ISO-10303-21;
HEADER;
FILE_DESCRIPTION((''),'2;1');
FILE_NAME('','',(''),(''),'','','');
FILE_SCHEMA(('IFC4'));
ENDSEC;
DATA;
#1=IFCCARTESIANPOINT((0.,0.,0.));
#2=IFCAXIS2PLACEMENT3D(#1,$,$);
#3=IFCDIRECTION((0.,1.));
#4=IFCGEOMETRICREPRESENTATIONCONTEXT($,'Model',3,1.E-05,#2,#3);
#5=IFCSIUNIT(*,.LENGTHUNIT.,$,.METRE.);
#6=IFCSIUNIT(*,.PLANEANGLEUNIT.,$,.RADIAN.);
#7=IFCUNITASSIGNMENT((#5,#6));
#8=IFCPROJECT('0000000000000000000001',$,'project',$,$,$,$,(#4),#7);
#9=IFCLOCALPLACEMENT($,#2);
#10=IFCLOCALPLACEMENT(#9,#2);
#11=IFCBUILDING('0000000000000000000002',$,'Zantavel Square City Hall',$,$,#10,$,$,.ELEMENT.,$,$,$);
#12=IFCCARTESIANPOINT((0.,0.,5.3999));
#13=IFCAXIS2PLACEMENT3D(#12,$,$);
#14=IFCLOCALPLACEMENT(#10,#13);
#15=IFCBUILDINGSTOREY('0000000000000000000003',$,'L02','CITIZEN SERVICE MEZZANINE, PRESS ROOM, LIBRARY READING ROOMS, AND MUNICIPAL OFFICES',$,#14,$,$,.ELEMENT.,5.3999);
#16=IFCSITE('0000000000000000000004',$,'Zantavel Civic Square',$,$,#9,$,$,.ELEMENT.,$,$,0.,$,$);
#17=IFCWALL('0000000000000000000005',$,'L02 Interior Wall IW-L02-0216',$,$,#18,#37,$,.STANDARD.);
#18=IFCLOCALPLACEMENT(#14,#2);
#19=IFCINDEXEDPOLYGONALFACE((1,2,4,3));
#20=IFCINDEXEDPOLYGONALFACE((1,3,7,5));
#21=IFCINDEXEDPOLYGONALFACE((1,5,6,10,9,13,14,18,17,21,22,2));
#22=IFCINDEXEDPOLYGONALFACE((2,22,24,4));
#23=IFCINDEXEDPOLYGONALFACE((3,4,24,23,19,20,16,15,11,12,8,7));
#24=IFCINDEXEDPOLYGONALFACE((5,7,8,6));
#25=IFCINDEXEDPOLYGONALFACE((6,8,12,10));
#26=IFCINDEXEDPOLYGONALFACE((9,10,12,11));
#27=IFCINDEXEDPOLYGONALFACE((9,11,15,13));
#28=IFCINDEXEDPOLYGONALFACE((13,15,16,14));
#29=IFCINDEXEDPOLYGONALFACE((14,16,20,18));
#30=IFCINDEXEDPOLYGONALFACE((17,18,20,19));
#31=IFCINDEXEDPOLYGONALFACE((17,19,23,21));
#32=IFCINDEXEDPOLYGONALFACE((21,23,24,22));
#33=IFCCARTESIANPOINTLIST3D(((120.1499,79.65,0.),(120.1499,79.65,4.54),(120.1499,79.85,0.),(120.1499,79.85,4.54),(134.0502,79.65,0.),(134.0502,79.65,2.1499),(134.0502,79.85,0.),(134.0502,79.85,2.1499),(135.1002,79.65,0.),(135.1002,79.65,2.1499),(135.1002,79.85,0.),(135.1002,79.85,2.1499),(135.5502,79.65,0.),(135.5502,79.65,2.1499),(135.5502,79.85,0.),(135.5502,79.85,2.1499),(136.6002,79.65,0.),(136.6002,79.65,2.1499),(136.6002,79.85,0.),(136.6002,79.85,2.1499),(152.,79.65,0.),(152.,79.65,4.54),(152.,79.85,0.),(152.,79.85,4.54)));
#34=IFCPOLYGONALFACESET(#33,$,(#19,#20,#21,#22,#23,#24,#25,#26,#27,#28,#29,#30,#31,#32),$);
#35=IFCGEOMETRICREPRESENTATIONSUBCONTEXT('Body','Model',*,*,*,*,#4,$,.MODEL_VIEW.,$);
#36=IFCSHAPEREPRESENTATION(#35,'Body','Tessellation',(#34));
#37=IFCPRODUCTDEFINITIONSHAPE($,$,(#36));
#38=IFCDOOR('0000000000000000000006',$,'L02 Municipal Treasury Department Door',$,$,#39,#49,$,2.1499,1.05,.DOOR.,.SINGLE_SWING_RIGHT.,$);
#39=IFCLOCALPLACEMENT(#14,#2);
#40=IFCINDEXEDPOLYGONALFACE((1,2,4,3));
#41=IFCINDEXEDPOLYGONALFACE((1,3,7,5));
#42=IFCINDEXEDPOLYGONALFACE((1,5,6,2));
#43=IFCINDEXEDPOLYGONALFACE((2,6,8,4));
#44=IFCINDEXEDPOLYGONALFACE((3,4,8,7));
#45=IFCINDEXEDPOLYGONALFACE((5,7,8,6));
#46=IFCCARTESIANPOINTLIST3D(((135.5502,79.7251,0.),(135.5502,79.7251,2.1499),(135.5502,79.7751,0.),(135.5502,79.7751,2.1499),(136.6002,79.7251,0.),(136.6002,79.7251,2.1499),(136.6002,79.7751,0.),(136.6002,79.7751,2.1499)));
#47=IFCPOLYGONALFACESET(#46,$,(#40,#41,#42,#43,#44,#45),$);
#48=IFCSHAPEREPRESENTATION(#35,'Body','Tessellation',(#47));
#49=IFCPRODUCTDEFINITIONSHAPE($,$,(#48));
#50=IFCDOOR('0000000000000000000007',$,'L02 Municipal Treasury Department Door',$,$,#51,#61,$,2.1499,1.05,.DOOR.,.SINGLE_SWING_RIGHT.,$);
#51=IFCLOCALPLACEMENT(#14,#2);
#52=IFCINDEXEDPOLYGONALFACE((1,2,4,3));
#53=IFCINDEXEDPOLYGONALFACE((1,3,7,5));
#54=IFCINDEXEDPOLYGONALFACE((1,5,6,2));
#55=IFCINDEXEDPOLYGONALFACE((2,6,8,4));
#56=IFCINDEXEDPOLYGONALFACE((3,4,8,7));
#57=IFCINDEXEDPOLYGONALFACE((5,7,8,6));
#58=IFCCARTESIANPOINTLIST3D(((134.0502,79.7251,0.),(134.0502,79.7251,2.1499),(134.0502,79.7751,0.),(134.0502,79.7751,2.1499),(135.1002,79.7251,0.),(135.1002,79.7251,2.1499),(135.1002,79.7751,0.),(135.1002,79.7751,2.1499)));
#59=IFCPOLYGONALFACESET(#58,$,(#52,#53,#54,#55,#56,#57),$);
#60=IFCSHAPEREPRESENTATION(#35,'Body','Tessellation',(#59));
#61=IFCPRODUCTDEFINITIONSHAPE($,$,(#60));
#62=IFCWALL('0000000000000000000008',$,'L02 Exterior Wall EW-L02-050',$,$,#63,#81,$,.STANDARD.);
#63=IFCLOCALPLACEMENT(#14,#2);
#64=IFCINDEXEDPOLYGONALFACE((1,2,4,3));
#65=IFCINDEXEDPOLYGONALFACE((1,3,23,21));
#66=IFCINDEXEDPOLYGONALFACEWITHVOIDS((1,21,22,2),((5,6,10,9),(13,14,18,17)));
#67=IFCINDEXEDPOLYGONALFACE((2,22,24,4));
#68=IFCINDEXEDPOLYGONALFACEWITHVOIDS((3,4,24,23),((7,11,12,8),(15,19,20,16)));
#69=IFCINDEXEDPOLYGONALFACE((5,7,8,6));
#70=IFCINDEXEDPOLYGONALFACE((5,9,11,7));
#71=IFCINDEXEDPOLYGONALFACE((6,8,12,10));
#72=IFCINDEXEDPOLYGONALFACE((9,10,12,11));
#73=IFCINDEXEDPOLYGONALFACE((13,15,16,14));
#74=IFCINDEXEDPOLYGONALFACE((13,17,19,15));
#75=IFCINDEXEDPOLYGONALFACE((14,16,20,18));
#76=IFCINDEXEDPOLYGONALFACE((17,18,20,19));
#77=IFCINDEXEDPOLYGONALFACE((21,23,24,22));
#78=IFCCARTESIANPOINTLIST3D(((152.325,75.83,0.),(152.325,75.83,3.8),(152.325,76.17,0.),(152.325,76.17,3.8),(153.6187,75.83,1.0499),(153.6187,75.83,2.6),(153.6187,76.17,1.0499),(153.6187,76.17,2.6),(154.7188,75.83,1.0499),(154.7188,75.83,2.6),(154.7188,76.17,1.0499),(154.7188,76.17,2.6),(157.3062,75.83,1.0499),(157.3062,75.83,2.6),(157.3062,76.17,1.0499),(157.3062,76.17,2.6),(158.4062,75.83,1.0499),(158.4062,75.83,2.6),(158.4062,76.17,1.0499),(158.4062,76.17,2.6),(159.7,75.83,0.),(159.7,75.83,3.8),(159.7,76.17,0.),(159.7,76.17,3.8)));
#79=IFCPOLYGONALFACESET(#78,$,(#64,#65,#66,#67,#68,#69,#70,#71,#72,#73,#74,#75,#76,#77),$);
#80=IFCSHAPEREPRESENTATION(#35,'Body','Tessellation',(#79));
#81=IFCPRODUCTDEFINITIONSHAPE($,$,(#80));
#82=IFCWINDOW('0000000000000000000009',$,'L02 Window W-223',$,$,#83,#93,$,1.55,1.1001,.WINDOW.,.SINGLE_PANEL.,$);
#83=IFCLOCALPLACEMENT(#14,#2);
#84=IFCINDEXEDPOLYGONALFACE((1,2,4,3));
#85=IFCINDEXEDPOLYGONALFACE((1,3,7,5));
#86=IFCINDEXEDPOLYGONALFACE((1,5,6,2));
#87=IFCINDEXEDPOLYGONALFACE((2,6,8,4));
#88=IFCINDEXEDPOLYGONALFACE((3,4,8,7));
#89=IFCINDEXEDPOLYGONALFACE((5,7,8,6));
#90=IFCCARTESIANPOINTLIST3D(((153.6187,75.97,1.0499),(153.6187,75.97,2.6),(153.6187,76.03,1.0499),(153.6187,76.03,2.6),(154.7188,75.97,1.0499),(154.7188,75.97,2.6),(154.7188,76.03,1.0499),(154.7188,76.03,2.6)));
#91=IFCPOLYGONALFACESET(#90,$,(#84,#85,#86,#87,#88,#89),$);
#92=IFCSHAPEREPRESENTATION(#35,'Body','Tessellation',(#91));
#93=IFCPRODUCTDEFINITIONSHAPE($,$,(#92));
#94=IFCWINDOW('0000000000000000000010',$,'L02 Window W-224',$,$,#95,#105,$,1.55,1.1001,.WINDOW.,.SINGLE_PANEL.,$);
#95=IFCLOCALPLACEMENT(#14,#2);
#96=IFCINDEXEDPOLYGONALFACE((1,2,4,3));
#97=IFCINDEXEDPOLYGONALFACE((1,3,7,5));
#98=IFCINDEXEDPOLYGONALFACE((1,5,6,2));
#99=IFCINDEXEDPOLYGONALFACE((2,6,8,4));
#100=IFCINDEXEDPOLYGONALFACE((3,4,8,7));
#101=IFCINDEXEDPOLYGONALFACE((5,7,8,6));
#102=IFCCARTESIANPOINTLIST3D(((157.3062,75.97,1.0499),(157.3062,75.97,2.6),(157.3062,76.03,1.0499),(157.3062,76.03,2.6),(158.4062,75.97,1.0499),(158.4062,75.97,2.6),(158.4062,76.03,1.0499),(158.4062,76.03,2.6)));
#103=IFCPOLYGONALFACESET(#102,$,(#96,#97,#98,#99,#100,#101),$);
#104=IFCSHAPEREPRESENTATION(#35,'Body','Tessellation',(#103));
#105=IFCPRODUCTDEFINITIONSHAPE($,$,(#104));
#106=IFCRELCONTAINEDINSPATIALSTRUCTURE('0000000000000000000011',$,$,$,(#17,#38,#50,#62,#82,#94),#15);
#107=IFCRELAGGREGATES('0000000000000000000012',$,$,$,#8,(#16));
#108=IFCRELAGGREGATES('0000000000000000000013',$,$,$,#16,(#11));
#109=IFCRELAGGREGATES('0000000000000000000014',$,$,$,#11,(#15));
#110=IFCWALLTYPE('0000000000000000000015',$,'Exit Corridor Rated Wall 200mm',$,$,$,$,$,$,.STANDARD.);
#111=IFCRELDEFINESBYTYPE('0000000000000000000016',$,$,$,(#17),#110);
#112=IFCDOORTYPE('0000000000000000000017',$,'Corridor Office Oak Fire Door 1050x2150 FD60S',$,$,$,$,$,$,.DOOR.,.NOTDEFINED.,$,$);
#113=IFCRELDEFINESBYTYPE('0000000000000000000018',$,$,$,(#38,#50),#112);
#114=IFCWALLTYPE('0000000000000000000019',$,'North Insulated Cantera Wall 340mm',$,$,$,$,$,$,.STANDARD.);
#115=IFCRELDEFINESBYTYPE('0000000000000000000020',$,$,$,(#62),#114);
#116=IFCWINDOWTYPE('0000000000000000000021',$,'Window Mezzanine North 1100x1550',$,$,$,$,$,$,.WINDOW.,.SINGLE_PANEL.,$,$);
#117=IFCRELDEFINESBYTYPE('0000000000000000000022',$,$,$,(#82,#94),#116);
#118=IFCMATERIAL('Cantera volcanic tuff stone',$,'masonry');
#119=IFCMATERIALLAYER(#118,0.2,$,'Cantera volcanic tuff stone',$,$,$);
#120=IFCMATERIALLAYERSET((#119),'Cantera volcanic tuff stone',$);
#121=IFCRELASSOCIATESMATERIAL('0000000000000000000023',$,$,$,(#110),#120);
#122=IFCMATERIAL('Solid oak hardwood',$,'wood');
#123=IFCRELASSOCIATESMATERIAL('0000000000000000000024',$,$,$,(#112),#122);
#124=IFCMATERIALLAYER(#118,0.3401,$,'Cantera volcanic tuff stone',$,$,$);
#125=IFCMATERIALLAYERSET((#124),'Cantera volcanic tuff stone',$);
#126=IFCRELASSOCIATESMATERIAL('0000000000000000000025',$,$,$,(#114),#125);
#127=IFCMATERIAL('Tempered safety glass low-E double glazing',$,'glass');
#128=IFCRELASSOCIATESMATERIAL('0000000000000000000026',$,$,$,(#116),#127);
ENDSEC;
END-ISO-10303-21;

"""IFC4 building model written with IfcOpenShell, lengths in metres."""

from ifc_helpers import new_model, si_unit, direction, frame, frame_2d, origin, place, context, subcontext, project, spatial, rectangle, extrude, material, layer, layer_set, type_object, element, fill, save


model = new_model("IFC4")

# Units and contexts
model_context = context("Model", 3, precision=1e-05, world=origin(), true_north=direction((0.0, 1.0)))
body_context = subcontext(model_context, "Body", "Model", "MODEL_VIEW")
ifc_project = project(units=[si_unit("LENGTHUNIT", "METRE"), si_unit("PLANEANGLEUNIT", "RADIAN")], contexts=[model_context])

# Site, building, storey
site_placement = place(None, origin())
site = spatial("IfcSite", under=ifc_project, at=site_placement, Name="Zantavel Civic Square", CompositionType="ELEMENT", RefElevation=0.0)
building_placement = place(site_placement, origin())
building = spatial("IfcBuilding", under=site, at=building_placement, Name="Zantavel Square City Hall", CompositionType="ELEMENT")
storey_placement = place(building_placement, frame((0.0, 0.0, 5.3999)))
storey = spatial("IfcBuildingStorey", under=building, at=storey_placement, Name="L02", Description="CITIZEN SERVICE MEZZANINE, PRESS ROOM, LIBRARY READING ROOMS, AND MUNICIPAL OFFICES", CompositionType="ELEMENT", Elevation=5.3999)

# Shared definitions
ifc_material_1 = material(Name="Cantera volcanic tuff stone", Category="masonry")
ifc_material_2 = material(Name="Tempered safety glass low-E double glazing", Category="glass")

# Wall, openings, doors
ifc_layer_1 = layer(ifc_material_1, 0.2, Name="Cantera volcanic tuff stone")
ifc_layer_set_1 = layer_set([ifc_layer_1], Name="Cantera volcanic tuff stone")
wall_type_1 = type_object("IfcWallType", Name="Exit Corridor Rated Wall 200mm", PredefinedType="STANDARD", material=ifc_layer_set_1)
wall_1_placement = place(storey_placement, frame((152.0, 79.75, 0.0), z_axis=(0.0, 0.0, 1.0), x_axis=(-1.0, 0.0, 0.0)))
wall_1 = element("IfcWall", 1, at=wall_1_placement, inside=storey, type_object=wall_type_1, Name="L02 Interior Wall IW-L02-0216", PredefinedType="STANDARD", context=body_context, shape_type="SweptSolid", body=[
    extrude(rectangle(XDim=31.8501, YDim=0.2, at=frame_2d((15.925, 0.0))), origin(), (0.0, 0.0, 1.0), 4.54),
])
opening_1_placement = place(wall_1_placement, frame((15.3999, 0.0, 0.0)))
opening_1 = element("IfcOpeningElement", 2, at=opening_1_placement, cuts=wall_1, PredefinedType="OPENING", context=body_context, shape_type="SweptSolid", body=[
    extrude(rectangle(XDim=1.05, YDim=2.1499, at=frame_2d((0.5249, 1.075))), frame((0.0, 0.1099, 0.0), z_axis=(0.0, -1.0, 0.0), x_axis=(1.0, 0.0, 0.0)), (0.0, 0.0, 1.0), 0.22),
])
opening_2_placement = place(wall_1_placement, frame((16.8999, 0.0, 0.0)))
opening_2 = element("IfcOpeningElement", 3, at=opening_2_placement, cuts=wall_1, PredefinedType="OPENING", context=body_context, shape_type="SweptSolid", body=[
    extrude(rectangle(XDim=1.05, YDim=2.1499, at=frame_2d((0.5249, 1.075))), frame((0.0, 0.1099, 0.0), z_axis=(0.0, -1.0, 0.0), x_axis=(1.0, 0.0, 0.0)), (0.0, 0.0, 1.0), 0.22),
])
ifc_material_3 = material(Name="Solid oak hardwood", Category="wood")
door_type_1 = type_object("IfcDoorType", Name="Corridor Office Oak Fire Door 1050x2150 FD60S", OperationType="NOTDEFINED", PredefinedType="DOOR", material=ifc_material_3)
door_1_placement = place(opening_1_placement, origin())
door_1 = element("IfcDoor", 4, at=door_1_placement, inside=storey, type_object=door_type_1, Name="L02 Municipal Treasury Department Door", OperationType="SINGLE_SWING_RIGHT", OverallHeight=2.1499, OverallWidth=1.05, PredefinedType="DOOR", context=body_context, shape_type="SweptSolid", body=[
    extrude(rectangle(XDim=1.05, YDim=2.1499, at=frame_2d((0.5249, 1.075))), frame((0.0, 0.0249, 0.0), z_axis=(0.0, -1.0, 0.0), x_axis=(1.0, 0.0, 0.0)), (0.0, 0.0, 1.0), 0.05),
])
fill(opening_1, door_1)
door_2_placement = place(opening_2_placement, origin())
door_2 = element("IfcDoor", 5, at=door_2_placement, inside=storey, type_object=door_type_1, Name="L02 Municipal Treasury Department Door", OperationType="SINGLE_SWING_RIGHT", OverallHeight=2.1499, OverallWidth=1.05, PredefinedType="DOOR", context=body_context, shape_type="SweptSolid", body=[
    extrude(rectangle(XDim=1.05, YDim=2.1499, at=frame_2d((0.5249, 1.075))), frame((0.0, 0.0249, 0.0), z_axis=(0.0, -1.0, 0.0), x_axis=(1.0, 0.0, 0.0)), (0.0, 0.0, 1.0), 0.05),
])
fill(opening_2, door_2)

# Wall, openings, windows
ifc_layer_2 = layer(ifc_material_1, 0.3401, Name="Cantera volcanic tuff stone")
ifc_layer_set_2 = layer_set([ifc_layer_2], Name="Cantera volcanic tuff stone")
wall_type_2 = type_object("IfcWallType", Name="North Insulated Cantera Wall 340mm", PredefinedType="STANDARD", material=ifc_layer_set_2)
wall_2_placement = place(storey_placement, frame((152.325, 76.0, 0.0), z_axis=(0.0, 0.0, 1.0), x_axis=(1.0, 0.0, 0.0)))
wall_2 = element("IfcWall", 6, at=wall_2_placement, inside=storey, type_object=wall_type_2, Name="L02 Exterior Wall EW-L02-050", PredefinedType="STANDARD", context=body_context, shape_type="SweptSolid", body=[
    extrude(rectangle(XDim=7.375, YDim=0.3401, at=frame_2d((3.6875, 0.0))), origin(), (0.0, 0.0, 1.0), 3.8),
])
opening_3_placement = place(wall_2_placement, frame((1.2937, 0.0, 1.05)))
opening_3 = element("IfcOpeningElement", 7, at=opening_3_placement, cuts=wall_2, PredefinedType="OPENING", context=body_context, shape_type="SweptSolid", body=[
    extrude(rectangle(XDim=1.1001, YDim=1.55, at=frame_2d((0.55, 0.7749))), frame((0.0, 0.1799, 0.0), z_axis=(0.0, -1.0, 0.0), x_axis=(1.0, 0.0, 0.0)), (0.0, 0.0, 1.0), 0.3601),
])
opening_4_placement = place(wall_2_placement, frame((4.9812, 0.0, 1.05)))
opening_4 = element("IfcOpeningElement", 8, at=opening_4_placement, cuts=wall_2, PredefinedType="OPENING", context=body_context, shape_type="SweptSolid", body=[
    extrude(rectangle(XDim=1.1001, YDim=1.55, at=frame_2d((0.55, 0.7749))), frame((0.0, 0.1799, 0.0), z_axis=(0.0, -1.0, 0.0), x_axis=(1.0, 0.0, 0.0)), (0.0, 0.0, 1.0), 0.3601),
])
window_type_1 = type_object("IfcWindowType", Name="Window Mezzanine North 1100x1550", PartitioningType="SINGLE_PANEL", PredefinedType="WINDOW", material=ifc_material_2)
window_1_placement = place(opening_3_placement, origin())
window_1 = element("IfcWindow", 9, at=window_1_placement, inside=storey, type_object=window_type_1, Name="L02 Window W-223", OverallHeight=1.55, OverallWidth=1.1001, PartitioningType="SINGLE_PANEL", PredefinedType="WINDOW", context=body_context, shape_type="SweptSolid", body=[
    extrude(rectangle(XDim=1.1001, YDim=1.55, at=frame_2d((0.55, 0.7749))), frame((0.0, 0.03, 0.0), z_axis=(0.0, -1.0, 0.0), x_axis=(1.0, 0.0, 0.0)), (0.0, 0.0, 1.0), 0.0601),
])
fill(opening_3, window_1)
window_2_placement = place(opening_4_placement, origin())
window_2 = element("IfcWindow", 10, at=window_2_placement, inside=storey, type_object=window_type_1, Name="L02 Window W-224", OverallHeight=1.55, OverallWidth=1.1001, PartitioningType="SINGLE_PANEL", PredefinedType="WINDOW", context=body_context, shape_type="SweptSolid", body=[
    extrude(rectangle(XDim=1.1001, YDim=1.55, at=frame_2d((0.55, 0.7749))), frame((0.0, 0.03, 0.0), z_axis=(0.0, -1.0, 0.0), x_axis=(1.0, 0.0, 0.0)), (0.0, 0.0, 1.0), 0.0601),
])
fill(opening_4, window_2)

save(model, "model.ifc")
